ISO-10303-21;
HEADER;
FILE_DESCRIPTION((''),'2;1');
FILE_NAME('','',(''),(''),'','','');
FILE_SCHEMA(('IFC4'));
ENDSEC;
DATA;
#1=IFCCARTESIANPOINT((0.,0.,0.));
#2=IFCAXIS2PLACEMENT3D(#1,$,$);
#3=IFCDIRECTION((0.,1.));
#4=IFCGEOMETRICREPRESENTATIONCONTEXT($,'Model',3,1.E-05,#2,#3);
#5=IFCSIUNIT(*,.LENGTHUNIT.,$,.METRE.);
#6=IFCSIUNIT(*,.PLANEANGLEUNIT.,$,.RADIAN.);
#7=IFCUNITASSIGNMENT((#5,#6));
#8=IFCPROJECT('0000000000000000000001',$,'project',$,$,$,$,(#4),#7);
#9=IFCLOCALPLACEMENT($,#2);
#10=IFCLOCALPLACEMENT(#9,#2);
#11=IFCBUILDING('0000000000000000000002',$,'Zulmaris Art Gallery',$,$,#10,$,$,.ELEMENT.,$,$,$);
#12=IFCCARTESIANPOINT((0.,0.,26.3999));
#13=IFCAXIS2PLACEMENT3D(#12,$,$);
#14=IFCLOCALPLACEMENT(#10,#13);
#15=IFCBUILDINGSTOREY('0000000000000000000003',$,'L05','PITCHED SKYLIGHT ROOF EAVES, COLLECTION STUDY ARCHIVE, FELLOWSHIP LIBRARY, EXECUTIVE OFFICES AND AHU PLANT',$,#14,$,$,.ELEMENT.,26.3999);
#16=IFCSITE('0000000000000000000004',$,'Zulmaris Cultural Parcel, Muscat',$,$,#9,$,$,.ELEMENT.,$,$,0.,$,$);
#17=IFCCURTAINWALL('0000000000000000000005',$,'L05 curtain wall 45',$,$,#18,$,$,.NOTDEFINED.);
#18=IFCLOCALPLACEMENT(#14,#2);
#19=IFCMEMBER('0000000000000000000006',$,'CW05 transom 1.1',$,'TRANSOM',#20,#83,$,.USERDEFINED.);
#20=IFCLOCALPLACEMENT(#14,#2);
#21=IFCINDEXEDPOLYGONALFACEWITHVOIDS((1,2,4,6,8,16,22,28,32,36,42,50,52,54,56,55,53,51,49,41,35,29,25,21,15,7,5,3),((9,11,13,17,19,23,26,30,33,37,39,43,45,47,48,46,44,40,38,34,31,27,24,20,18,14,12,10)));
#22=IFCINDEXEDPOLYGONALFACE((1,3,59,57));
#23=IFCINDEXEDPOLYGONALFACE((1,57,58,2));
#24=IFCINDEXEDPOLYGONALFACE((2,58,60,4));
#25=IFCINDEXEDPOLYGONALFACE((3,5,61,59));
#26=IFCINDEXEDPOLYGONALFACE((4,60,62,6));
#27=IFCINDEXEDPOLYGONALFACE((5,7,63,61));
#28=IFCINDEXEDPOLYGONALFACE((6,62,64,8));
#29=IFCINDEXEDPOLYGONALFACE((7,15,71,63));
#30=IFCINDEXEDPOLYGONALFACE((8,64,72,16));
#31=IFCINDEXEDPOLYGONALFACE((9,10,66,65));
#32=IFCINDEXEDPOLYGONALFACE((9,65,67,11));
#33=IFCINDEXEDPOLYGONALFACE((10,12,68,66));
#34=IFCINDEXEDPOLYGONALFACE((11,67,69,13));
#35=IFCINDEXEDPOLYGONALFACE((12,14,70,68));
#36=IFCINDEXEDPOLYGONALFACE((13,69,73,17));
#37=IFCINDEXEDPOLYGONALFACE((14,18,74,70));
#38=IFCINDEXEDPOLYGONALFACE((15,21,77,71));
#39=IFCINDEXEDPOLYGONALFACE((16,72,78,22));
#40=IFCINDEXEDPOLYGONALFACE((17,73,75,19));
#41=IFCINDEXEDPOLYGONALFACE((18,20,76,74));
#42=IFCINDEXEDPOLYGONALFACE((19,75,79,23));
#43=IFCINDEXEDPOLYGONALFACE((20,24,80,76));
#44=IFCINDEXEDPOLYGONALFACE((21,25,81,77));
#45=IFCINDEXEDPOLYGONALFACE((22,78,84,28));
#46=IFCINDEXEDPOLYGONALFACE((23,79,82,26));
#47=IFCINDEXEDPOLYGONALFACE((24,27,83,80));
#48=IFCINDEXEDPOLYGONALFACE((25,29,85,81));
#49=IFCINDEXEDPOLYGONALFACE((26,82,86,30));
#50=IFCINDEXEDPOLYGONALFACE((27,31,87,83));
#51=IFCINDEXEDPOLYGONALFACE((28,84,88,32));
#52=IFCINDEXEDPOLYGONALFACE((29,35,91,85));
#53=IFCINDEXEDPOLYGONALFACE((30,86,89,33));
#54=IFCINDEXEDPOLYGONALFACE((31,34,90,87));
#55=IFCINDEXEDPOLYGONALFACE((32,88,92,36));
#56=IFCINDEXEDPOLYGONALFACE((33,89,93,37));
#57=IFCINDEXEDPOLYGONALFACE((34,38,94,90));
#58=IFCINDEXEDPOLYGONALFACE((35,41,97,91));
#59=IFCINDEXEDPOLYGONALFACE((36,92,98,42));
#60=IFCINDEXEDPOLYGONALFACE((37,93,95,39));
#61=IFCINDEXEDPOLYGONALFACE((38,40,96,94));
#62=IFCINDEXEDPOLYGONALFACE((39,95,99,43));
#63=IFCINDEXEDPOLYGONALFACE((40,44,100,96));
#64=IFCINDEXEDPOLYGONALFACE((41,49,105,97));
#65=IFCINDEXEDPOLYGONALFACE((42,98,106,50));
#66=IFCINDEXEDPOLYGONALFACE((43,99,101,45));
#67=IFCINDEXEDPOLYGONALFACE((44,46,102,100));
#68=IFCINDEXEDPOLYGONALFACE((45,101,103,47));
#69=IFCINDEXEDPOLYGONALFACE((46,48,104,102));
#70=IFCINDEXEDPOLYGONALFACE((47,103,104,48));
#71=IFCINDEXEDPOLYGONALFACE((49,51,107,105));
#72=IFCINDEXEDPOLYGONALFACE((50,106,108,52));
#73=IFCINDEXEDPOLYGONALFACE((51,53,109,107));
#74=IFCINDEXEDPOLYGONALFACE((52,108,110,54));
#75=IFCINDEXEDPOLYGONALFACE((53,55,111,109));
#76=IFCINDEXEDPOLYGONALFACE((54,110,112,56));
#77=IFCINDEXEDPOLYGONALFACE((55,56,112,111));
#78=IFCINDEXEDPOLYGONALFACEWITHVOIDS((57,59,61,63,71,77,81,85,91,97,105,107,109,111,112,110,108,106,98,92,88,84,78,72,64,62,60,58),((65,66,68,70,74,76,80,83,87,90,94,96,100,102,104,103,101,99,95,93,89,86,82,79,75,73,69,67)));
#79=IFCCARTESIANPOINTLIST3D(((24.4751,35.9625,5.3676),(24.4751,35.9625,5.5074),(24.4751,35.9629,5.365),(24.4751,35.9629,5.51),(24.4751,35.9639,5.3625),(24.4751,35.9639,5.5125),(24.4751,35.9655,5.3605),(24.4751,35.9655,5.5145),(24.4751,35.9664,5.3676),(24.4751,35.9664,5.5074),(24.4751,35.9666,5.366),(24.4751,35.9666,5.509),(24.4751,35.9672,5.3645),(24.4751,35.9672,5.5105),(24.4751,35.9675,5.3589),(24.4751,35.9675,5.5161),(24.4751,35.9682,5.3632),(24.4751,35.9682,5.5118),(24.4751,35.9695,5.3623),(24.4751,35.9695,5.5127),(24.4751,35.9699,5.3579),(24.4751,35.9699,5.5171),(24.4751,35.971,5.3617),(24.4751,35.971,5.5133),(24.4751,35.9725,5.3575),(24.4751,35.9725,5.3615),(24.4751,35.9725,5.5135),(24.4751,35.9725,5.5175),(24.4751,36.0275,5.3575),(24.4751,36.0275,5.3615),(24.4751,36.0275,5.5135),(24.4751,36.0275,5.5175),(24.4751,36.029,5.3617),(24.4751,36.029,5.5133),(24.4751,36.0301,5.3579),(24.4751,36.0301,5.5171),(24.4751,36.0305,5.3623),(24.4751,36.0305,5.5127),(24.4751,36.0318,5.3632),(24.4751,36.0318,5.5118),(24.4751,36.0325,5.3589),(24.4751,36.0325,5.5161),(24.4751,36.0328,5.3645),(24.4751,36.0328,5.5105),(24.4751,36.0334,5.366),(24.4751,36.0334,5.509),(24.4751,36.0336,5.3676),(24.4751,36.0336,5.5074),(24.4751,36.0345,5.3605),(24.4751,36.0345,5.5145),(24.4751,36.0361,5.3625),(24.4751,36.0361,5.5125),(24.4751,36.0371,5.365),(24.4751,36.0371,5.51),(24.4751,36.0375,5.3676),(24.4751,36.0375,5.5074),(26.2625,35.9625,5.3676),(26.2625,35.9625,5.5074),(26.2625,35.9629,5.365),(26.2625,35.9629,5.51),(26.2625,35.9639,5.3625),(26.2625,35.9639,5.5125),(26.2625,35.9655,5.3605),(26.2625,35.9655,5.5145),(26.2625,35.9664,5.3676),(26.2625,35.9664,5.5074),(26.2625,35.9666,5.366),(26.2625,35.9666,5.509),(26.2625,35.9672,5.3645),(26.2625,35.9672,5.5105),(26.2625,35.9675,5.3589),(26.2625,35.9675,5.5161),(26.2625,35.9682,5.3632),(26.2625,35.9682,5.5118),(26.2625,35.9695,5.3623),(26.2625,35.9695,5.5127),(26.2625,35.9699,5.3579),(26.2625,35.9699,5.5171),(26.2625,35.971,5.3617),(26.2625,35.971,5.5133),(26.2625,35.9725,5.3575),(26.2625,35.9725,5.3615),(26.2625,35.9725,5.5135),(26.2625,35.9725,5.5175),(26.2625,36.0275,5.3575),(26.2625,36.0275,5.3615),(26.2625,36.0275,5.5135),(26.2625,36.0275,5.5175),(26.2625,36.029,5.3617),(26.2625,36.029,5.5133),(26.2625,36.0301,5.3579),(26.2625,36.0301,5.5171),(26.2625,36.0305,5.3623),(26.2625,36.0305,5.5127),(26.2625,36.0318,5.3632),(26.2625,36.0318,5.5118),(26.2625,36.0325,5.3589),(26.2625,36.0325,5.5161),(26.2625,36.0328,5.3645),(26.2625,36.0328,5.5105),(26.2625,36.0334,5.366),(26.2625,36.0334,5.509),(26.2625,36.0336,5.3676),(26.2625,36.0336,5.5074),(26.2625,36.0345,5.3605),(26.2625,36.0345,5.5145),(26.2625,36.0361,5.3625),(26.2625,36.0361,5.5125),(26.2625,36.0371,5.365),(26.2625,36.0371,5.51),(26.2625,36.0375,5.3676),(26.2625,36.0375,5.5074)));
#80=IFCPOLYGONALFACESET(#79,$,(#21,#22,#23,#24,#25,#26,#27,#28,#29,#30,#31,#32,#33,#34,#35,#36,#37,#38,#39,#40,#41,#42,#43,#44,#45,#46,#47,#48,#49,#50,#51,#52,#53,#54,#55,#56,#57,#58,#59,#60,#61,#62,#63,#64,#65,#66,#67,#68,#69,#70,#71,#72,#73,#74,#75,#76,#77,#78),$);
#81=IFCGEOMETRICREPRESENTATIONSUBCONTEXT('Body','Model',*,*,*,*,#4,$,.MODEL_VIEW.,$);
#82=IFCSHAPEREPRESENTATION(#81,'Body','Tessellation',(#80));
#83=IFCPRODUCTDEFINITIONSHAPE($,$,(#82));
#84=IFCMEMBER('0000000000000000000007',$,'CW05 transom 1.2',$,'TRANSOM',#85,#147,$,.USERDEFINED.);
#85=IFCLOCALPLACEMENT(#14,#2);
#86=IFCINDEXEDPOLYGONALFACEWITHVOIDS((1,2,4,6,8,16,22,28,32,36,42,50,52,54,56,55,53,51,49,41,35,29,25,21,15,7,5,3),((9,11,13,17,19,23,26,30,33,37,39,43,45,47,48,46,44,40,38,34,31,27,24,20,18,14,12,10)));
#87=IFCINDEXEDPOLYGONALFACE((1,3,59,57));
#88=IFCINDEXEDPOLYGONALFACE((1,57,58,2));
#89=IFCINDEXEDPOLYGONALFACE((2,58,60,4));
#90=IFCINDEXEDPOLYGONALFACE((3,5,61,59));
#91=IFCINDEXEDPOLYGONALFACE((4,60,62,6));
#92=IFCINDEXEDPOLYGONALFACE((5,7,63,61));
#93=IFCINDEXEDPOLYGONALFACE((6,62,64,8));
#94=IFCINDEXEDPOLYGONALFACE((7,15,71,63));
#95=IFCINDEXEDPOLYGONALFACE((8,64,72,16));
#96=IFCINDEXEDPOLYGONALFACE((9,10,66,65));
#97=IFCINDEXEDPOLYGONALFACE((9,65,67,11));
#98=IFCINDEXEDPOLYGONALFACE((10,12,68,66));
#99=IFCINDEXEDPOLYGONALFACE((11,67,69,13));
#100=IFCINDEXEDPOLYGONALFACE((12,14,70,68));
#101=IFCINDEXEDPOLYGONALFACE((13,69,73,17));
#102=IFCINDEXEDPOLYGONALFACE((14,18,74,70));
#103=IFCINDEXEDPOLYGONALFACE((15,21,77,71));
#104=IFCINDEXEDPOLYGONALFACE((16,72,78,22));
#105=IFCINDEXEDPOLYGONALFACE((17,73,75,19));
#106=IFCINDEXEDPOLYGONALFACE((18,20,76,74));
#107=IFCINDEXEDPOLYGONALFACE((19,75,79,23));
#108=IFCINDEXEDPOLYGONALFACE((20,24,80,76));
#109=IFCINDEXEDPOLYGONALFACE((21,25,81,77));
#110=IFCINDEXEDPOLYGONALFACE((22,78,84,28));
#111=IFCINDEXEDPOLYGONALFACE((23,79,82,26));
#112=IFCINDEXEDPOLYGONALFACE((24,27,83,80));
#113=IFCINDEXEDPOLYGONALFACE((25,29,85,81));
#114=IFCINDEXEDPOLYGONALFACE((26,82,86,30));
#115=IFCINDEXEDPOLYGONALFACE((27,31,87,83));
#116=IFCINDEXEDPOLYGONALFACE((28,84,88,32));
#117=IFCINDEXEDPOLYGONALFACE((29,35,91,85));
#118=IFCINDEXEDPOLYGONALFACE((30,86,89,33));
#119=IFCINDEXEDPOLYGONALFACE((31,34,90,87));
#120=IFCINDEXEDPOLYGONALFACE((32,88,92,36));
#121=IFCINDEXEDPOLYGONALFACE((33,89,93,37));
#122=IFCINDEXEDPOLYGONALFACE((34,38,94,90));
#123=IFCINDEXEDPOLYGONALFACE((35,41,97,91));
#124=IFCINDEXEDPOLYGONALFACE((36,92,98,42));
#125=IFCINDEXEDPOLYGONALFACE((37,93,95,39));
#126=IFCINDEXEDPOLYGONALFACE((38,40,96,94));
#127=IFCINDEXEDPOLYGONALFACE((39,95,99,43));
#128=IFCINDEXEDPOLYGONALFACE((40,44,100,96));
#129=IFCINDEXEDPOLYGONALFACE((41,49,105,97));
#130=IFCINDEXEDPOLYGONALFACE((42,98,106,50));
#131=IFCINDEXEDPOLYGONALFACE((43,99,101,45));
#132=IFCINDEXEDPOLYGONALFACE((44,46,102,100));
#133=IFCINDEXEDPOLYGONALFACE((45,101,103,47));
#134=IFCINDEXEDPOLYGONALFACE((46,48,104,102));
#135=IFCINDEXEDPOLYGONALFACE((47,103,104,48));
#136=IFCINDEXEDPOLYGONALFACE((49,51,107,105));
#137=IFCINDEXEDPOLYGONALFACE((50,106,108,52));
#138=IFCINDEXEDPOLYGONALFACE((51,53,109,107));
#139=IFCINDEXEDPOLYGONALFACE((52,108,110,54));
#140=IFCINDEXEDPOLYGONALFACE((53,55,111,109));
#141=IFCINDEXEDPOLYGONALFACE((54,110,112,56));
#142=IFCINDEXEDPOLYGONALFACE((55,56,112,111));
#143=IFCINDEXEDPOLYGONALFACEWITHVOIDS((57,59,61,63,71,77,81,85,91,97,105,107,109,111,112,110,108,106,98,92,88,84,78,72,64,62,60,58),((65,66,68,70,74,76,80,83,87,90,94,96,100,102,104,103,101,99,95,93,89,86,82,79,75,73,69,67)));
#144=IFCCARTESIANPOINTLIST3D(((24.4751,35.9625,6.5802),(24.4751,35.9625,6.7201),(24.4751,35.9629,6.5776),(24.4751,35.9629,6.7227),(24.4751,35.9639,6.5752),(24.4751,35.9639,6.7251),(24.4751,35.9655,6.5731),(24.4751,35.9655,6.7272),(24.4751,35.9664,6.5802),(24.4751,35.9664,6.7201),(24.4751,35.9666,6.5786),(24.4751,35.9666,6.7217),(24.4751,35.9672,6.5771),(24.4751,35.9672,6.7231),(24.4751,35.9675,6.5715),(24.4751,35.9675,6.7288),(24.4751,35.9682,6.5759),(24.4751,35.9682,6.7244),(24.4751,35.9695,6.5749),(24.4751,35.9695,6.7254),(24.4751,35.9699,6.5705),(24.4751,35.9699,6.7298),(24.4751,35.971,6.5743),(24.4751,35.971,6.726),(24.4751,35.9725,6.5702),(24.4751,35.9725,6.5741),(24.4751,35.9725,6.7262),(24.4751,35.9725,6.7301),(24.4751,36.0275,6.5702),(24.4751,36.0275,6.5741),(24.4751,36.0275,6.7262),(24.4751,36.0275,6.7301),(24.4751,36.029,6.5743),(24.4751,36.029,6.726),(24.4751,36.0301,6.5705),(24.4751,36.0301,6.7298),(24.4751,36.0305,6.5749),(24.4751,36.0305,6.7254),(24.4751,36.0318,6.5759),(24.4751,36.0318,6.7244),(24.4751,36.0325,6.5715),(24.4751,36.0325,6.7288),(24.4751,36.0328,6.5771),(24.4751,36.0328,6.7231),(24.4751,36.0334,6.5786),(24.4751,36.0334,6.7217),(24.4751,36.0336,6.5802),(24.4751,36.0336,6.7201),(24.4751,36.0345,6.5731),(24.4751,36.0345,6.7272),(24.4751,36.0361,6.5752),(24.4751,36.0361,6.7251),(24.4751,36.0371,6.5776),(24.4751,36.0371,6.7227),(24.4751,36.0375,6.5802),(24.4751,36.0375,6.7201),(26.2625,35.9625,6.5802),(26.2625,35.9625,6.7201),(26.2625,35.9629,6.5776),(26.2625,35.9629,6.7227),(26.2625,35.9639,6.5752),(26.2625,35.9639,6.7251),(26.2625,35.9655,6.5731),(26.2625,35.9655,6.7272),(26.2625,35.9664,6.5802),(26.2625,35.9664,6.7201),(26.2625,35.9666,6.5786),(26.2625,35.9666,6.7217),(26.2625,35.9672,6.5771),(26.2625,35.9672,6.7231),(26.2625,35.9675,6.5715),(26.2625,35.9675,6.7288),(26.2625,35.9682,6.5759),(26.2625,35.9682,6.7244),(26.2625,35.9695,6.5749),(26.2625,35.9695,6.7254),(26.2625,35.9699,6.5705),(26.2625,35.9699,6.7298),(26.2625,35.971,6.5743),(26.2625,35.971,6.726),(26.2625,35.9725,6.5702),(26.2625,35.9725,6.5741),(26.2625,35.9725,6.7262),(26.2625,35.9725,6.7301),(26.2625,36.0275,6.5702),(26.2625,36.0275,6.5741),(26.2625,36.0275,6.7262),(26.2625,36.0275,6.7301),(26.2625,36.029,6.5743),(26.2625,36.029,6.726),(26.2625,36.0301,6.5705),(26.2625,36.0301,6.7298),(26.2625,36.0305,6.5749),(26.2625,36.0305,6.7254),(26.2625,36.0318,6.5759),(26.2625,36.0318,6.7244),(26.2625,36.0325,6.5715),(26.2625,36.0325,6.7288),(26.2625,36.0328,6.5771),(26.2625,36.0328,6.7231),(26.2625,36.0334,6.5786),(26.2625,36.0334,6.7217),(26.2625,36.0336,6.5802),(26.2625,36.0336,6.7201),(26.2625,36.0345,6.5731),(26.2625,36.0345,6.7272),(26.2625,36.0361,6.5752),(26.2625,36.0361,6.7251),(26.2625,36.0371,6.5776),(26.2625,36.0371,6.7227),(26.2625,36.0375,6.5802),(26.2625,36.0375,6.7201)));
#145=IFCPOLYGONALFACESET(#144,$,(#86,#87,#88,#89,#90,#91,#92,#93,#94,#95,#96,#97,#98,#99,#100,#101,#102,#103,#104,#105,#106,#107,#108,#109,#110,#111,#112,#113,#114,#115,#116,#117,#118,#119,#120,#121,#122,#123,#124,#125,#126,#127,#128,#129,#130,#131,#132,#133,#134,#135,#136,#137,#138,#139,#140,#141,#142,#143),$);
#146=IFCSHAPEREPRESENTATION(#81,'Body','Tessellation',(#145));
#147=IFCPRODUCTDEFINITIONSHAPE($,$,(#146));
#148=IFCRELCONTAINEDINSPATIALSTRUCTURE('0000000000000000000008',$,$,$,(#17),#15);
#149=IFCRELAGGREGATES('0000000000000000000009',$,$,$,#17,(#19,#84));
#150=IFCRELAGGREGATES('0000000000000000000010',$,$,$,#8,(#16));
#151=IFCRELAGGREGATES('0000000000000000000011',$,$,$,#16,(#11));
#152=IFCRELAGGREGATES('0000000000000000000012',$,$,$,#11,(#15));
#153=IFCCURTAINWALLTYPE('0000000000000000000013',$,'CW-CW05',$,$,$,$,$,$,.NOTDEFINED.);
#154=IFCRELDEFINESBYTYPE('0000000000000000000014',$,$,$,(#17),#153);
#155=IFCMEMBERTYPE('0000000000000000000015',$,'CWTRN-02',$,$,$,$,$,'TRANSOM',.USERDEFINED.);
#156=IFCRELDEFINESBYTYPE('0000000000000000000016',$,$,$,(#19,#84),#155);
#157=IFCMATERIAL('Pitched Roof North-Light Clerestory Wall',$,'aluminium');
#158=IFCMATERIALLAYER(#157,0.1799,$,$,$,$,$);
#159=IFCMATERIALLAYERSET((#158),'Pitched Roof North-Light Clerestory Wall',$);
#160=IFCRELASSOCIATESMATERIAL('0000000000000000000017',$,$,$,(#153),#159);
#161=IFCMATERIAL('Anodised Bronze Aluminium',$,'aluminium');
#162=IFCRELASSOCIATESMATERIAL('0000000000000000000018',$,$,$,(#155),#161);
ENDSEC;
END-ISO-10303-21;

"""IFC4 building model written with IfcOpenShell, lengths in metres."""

from ifc_helpers import new_model, si_unit, direction, frame, origin, origin_2d, place, context, subcontext, project, spatial, hollow_rectangle, extrude, material, layer, layer_set, material_profile, profile_set, type_object, element, aggregate, save


model = new_model("IFC4")

# Units and contexts
model_context = context("Model", 3, precision=1e-05, world=origin(), true_north=direction((0.0, 1.0)))
body_context = subcontext(model_context, "Body", "Model", "MODEL_VIEW")
ifc_project = project(units=[si_unit("LENGTHUNIT", "METRE"), si_unit("PLANEANGLEUNIT", "RADIAN")], contexts=[model_context])

# Site, building, storey
site_placement = place(None, origin())
site = spatial("IfcSite", under=ifc_project, at=site_placement, Name="Zulmaris Cultural Parcel, Muscat", CompositionType="ELEMENT", RefElevation=0.0)
building_placement = place(site_placement, origin())
building = spatial("IfcBuilding", under=site, at=building_placement, Name="Zulmaris Art Gallery", CompositionType="ELEMENT")
storey_placement = place(building_placement, frame((0.0, 0.0, 26.3999)))
storey = spatial("IfcBuildingStorey", under=building, at=storey_placement, Name="L05", Description="PITCHED SKYLIGHT ROOF EAVES, COLLECTION STUDY ARCHIVE, FELLOWSHIP LIBRARY, EXECUTIVE OFFICES AND AHU PLANT", CompositionType="ELEMENT", Elevation=26.3999)

# Shared definitions
ifc_material_1 = material(Name="Pitched Roof North-Light Clerestory Wall", Category="aluminium")
ifc_layer_1 = layer(ifc_material_1, 0.1799)
ifc_layer_set_1 = layer_set([ifc_layer_1], Name="Pitched Roof North-Light Clerestory Wall")
curtain_wall_type = type_object("IfcCurtainWallType", Name="CW-CW05", PredefinedType="NOTDEFINED", material=ifc_layer_set_1)
ifc_material_2 = material(Name="Anodised Bronze Aluminium", Category="aluminium")

# Curtain wall
curtain_wall_1_placement = place(storey_placement, origin())
curtain_wall_1 = element("IfcCurtainWall", 1, at=curtain_wall_1_placement, inside=storey, type_object=curtain_wall_type, Name="L05 curtain wall 45", PredefinedType="NOTDEFINED")

# Members
ifc_material_profile_1 = material_profile(ifc_material_2, hollow_rectangle(XDim=0.075, YDim=0.1599, WallThickness=0.0039, InnerFilletRadius=0.0061, OuterFilletRadius=0.01, at=origin_2d()), Name="ALU 75x160x4")
ifc_profile_set_1 = profile_set([ifc_material_profile_1], Name="Anodised Bronze Aluminium")
member_type_1 = type_object("IfcMemberType", Name="CWTRN-02", ElementType="TRANSOM", PredefinedType="USERDEFINED", material=ifc_profile_set_1)
member_1_placement = place(storey_placement, frame((24.4751, 36.0, 5.4375), z_axis=(1.0, 0.0, 0.0), x_axis=(0.0, 1.0, 0.0)))
member_1 = element("IfcMember", 2, at=member_1_placement, type_object=member_type_1, Name="CW05 transom 1.1", ObjectType="TRANSOM", PredefinedType="USERDEFINED", context=body_context, shape_type="SweptSolid", body=[
    extrude(hollow_rectangle(XDim=0.075, YDim=0.1599, WallThickness=0.0039, InnerFilletRadius=0.0061, OuterFilletRadius=0.01, at=origin_2d()), origin(), (0.0, 0.0, 1.0), 1.7874),
])
member_2_placement = place(storey_placement, frame((24.4751, 36.0, 6.6501), z_axis=(1.0, 0.0, 0.0), x_axis=(0.0, 1.0, 0.0)))
member_2 = element("IfcMember", 3, at=member_2_placement, type_object=member_type_1, Name="CW05 transom 1.2", ObjectType="TRANSOM", PredefinedType="USERDEFINED", context=body_context, shape_type="SweptSolid", body=[
    extrude(hollow_rectangle(XDim=0.075, YDim=0.1599, WallThickness=0.0039, InnerFilletRadius=0.0061, OuterFilletRadius=0.01, at=origin_2d()), origin(), (0.0, 0.0, 1.0), 1.7874),
])

aggregate(curtain_wall_1, [member_1, member_2])

save(model, "model.ifc")
